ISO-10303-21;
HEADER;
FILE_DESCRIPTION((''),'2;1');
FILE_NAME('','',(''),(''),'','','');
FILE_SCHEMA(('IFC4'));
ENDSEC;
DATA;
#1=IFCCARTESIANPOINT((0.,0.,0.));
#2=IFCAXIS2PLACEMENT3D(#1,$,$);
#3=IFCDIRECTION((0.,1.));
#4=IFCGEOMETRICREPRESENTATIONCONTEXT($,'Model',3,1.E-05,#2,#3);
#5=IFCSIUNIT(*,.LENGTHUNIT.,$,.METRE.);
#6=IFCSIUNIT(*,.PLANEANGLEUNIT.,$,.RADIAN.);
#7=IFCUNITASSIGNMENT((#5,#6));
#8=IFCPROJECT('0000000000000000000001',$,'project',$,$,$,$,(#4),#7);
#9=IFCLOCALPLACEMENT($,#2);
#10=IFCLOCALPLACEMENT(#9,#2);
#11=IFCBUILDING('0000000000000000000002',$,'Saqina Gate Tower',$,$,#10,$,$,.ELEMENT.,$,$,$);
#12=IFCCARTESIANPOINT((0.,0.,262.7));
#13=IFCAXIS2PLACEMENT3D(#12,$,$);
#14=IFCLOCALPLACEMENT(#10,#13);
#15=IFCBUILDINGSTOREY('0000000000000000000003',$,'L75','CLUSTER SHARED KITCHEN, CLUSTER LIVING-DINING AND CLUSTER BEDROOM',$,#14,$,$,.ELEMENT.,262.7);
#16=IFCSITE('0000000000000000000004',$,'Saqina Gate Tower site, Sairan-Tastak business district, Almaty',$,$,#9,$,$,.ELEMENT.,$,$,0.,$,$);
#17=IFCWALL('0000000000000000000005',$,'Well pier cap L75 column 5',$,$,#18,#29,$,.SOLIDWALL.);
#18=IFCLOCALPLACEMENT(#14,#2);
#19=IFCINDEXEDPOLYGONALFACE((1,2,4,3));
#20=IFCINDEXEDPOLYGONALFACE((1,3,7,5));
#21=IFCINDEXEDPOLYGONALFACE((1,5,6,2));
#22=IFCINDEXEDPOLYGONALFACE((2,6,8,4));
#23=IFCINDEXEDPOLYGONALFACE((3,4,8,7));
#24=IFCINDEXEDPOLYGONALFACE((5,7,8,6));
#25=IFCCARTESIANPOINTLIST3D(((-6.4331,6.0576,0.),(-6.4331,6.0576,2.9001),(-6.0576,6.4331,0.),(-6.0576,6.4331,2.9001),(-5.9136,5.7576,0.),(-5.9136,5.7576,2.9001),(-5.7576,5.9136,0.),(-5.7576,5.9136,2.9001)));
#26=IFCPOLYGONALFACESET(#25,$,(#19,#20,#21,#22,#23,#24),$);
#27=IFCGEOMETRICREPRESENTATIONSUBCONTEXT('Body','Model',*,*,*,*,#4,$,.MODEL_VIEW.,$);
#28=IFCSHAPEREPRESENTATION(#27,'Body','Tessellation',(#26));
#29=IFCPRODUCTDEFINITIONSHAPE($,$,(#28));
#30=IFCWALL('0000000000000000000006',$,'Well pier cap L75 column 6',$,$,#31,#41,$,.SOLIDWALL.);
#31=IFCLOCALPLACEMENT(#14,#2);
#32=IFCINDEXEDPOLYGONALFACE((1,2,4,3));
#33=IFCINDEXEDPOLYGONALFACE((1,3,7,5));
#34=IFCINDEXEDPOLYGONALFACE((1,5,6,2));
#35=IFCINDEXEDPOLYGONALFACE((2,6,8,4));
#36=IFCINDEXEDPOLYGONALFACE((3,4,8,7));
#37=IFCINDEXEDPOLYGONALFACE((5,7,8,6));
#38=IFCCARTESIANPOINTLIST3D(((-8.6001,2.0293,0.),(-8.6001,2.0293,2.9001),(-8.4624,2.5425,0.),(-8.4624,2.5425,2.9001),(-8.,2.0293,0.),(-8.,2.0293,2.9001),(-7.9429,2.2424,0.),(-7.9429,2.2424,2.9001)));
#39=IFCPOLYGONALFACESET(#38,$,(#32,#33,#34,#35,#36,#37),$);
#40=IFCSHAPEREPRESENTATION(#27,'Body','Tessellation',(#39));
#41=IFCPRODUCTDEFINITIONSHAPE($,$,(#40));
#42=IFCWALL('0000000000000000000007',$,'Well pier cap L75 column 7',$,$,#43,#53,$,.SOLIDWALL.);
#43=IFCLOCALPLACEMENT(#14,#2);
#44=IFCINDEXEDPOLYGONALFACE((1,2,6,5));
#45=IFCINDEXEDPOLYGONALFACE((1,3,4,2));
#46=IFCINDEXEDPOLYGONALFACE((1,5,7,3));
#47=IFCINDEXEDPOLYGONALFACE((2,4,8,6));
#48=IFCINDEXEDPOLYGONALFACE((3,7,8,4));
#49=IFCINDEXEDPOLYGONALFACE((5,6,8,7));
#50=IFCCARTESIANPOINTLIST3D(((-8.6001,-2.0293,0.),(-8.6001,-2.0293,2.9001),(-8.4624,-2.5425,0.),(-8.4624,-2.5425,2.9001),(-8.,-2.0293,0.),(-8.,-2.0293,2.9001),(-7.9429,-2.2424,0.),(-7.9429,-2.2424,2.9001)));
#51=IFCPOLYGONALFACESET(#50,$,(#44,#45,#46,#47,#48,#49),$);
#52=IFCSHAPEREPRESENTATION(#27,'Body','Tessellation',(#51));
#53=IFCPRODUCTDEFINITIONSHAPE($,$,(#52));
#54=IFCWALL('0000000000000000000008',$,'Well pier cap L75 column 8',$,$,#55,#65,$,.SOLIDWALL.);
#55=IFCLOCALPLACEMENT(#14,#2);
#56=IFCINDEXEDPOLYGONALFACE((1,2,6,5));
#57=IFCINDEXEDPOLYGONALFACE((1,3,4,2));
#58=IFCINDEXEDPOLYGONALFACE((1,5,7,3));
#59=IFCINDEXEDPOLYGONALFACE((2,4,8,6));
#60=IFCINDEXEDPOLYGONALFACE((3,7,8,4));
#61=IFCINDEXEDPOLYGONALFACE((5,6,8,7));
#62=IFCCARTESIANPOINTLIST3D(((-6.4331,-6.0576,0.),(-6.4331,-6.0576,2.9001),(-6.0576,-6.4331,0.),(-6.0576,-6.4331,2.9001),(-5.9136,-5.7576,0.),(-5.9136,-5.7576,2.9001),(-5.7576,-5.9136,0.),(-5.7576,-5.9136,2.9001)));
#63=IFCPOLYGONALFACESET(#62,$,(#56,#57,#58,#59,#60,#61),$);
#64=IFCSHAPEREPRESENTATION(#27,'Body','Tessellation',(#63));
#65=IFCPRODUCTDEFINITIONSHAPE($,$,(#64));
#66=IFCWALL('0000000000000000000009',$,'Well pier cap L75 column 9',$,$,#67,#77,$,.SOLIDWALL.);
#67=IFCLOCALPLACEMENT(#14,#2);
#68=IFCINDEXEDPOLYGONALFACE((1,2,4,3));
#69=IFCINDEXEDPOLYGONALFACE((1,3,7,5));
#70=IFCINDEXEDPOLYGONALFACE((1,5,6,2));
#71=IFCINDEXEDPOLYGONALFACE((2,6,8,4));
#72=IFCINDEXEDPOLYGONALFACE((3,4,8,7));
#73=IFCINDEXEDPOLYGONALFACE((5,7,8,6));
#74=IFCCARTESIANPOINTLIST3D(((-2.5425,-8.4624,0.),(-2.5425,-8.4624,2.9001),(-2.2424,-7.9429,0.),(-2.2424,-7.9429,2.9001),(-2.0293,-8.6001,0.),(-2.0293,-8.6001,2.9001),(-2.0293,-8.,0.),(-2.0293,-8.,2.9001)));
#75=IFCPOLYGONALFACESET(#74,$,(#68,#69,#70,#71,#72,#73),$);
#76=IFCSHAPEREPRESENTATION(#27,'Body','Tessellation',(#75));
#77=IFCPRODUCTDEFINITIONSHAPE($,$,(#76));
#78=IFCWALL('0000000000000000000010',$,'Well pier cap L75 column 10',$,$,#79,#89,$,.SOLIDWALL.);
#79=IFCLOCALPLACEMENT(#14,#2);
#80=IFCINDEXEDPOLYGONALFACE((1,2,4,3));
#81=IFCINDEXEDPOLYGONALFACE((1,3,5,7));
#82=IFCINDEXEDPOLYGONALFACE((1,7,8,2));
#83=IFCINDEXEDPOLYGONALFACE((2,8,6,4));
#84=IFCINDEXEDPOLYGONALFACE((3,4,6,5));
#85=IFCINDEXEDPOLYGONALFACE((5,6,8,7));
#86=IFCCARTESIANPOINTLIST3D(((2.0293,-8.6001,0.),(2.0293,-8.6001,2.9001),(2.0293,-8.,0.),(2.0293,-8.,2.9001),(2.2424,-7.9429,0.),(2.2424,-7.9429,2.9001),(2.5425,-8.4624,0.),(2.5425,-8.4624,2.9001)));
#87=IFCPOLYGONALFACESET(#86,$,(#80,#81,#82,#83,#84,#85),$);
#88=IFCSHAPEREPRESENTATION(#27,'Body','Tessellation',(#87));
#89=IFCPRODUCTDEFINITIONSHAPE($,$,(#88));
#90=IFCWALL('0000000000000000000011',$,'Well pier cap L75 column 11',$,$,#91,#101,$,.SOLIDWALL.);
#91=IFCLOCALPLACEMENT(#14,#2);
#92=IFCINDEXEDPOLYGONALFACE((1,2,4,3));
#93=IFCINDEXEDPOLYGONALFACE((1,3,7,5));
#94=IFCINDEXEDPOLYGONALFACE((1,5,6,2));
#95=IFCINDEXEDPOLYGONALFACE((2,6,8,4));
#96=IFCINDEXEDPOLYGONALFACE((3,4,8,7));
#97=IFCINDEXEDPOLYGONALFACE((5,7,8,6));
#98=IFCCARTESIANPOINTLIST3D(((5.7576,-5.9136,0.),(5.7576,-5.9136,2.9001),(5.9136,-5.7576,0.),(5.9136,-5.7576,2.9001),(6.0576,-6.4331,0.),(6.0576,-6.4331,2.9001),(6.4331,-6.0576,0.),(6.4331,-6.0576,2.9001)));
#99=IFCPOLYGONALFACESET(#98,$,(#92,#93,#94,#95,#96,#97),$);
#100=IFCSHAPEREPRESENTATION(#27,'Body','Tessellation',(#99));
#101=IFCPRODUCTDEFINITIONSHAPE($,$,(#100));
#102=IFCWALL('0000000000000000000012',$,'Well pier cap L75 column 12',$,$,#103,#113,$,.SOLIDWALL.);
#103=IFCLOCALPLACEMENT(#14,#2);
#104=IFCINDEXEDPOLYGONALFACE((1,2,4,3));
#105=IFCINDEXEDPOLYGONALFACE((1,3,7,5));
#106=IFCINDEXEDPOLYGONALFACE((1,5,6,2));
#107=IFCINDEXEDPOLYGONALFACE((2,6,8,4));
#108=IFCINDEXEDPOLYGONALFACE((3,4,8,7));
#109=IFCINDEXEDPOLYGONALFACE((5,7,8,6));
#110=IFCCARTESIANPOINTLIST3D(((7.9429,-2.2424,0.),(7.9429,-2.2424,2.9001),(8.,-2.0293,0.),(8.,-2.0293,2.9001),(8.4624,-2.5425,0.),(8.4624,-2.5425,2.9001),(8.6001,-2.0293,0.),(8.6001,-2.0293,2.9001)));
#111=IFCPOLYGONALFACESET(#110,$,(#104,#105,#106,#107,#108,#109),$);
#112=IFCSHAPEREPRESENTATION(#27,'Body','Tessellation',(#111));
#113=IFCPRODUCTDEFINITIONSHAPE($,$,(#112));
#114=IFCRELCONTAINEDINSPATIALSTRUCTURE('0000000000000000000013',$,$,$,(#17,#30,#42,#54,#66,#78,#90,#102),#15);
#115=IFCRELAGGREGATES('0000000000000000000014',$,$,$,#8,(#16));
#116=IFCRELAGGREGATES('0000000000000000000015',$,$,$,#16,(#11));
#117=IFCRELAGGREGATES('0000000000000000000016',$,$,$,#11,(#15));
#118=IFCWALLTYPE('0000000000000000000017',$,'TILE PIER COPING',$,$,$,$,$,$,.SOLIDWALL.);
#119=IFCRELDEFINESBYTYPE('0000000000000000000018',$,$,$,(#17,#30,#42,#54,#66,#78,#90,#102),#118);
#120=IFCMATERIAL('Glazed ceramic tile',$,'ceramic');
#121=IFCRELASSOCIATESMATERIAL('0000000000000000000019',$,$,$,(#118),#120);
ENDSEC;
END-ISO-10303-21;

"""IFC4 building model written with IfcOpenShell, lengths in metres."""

from ifc_helpers import new_model, si_unit, direction, frame, origin, place, context, subcontext, project, spatial, polyline, outline, extrude, material, type_object, element, save


model = new_model("IFC4")

# Units and contexts
model_context = context("Model", 3, precision=1e-05, world=origin(), true_north=direction((0.0, 1.0)))
body_context = subcontext(model_context, "Body", "Model", "MODEL_VIEW")
ifc_project = project(units=[si_unit("LENGTHUNIT", "METRE"), si_unit("PLANEANGLEUNIT", "RADIAN")], contexts=[model_context])

# Site, building, storey
site_placement = place(None, origin())
site = spatial("IfcSite", under=ifc_project, at=site_placement, Name="Saqina Gate Tower site, Sairan-Tastak business district, Almaty", CompositionType="ELEMENT", RefElevation=0.0)
building_placement = place(site_placement, origin())
building = spatial("IfcBuilding", under=site, at=building_placement, Name="Saqina Gate Tower", CompositionType="ELEMENT")
storey_placement = place(building_placement, frame((0.0, 0.0, 262.7)))
storey = spatial("IfcBuildingStorey", under=building, at=storey_placement, Name="L75", Description="CLUSTER SHARED KITCHEN, CLUSTER LIVING-DINING AND CLUSTER BEDROOM", CompositionType="ELEMENT", Elevation=262.7)

# Walls
ifc_material_1 = material(Name="Glazed ceramic tile", Category="ceramic")
wall_type_1 = type_object("IfcWallType", Name="TILE PIER COPING", PredefinedType="SOLIDWALL", material=ifc_material_1)
wall_1_placement = place(storey_placement, origin())
element("IfcWall", 1, at=wall_1_placement, inside=storey, type_object=wall_type_1, Name="Well pier cap L75 column 5", PredefinedType="SOLIDWALL", context=body_context, shape_type="SweptSolid", body=[
    extrude(outline(polyline([(-6.4331, 6.0576), (-5.9136, 5.7576), (-5.7576, 5.9136), (-6.0576, 6.4331), (-6.4331, 6.0576)])), origin(), (0.0, 0.0, 1.0), 2.9001),
])
wall_2_placement = place(storey_placement, origin())
element("IfcWall", 2, at=wall_2_placement, inside=storey, type_object=wall_type_1, Name="Well pier cap L75 column 6", PredefinedType="SOLIDWALL", context=body_context, shape_type="SweptSolid", body=[
    extrude(outline(polyline([(-8.6001, 2.0293), (-8.0, 2.0293), (-7.9429, 2.2424), (-8.4624, 2.5425), (-8.6001, 2.0293)])), origin(), (0.0, 0.0, 1.0), 2.9001),
])
wall_3_placement = place(storey_placement, origin())
element("IfcWall", 3, at=wall_3_placement, inside=storey, type_object=wall_type_1, Name="Well pier cap L75 column 7", PredefinedType="SOLIDWALL", context=body_context, shape_type="SweptSolid", body=[
    extrude(outline(polyline([(-8.4624, -2.5425), (-7.9429, -2.2424), (-8.0, -2.0293), (-8.6001, -2.0293), (-8.4624, -2.5425)])), origin(), (0.0, 0.0, 1.0), 2.9001),
])
wall_4_placement = place(storey_placement, origin())
element("IfcWall", 4, at=wall_4_placement, inside=storey, type_object=wall_type_1, Name="Well pier cap L75 column 8", PredefinedType="SOLIDWALL", context=body_context, shape_type="SweptSolid", body=[
    extrude(outline(polyline([(-6.0576, -6.4331), (-5.7576, -5.9136), (-5.9136, -5.7576), (-6.4331, -6.0576), (-6.0576, -6.4331)])), origin(), (0.0, 0.0, 1.0), 2.9001),
])
wall_5_placement = place(storey_placement, origin())
element("IfcWall", 5, at=wall_5_placement, inside=storey, type_object=wall_type_1, Name="Well pier cap L75 column 9", PredefinedType="SOLIDWALL", context=body_context, shape_type="SweptSolid", body=[
    extrude(outline(polyline([(-2.0293, -8.6001), (-2.0293, -8.0), (-2.2424, -7.9429), (-2.5425, -8.4624), (-2.0293, -8.6001)])), origin(), (0.0, 0.0, 1.0), 2.9001),
])
wall_6_placement = place(storey_placement, origin())
element("IfcWall", 6, at=wall_6_placement, inside=storey, type_object=wall_type_1, Name="Well pier cap L75 column 10", PredefinedType="SOLIDWALL", context=body_context, shape_type="SweptSolid", body=[
    extrude(outline(polyline([(2.5425, -8.4624), (2.2424, -7.9429), (2.0293, -8.0), (2.0293, -8.6001), (2.5425, -8.4624)])), origin(), (0.0, 0.0, 1.0), 2.9001),
])
wall_7_placement = place(storey_placement, origin())
element("IfcWall", 7, at=wall_7_placement, inside=storey, type_object=wall_type_1, Name="Well pier cap L75 column 11", PredefinedType="SOLIDWALL", context=body_context, shape_type="SweptSolid", body=[
    extrude(outline(polyline([(6.4331, -6.0576), (5.9136, -5.7576), (5.7576, -5.9136), (6.0576, -6.4331), (6.4331, -6.0576)])), origin(), (0.0, 0.0, 1.0), 2.9001),
])
wall_8_placement = place(storey_placement, origin())
element("IfcWall", 8, at=wall_8_placement, inside=storey, type_object=wall_type_1, Name="Well pier cap L75 column 12", PredefinedType="SOLIDWALL", context=body_context, shape_type="SweptSolid", body=[
    extrude(outline(polyline([(8.6001, -2.0293), (8.0, -2.0293), (7.9429, -2.2424), (8.4624, -2.5425), (8.6001, -2.0293)])), origin(), (0.0, 0.0, 1.0), 2.9001),
])

save(model, "model.ifc")
